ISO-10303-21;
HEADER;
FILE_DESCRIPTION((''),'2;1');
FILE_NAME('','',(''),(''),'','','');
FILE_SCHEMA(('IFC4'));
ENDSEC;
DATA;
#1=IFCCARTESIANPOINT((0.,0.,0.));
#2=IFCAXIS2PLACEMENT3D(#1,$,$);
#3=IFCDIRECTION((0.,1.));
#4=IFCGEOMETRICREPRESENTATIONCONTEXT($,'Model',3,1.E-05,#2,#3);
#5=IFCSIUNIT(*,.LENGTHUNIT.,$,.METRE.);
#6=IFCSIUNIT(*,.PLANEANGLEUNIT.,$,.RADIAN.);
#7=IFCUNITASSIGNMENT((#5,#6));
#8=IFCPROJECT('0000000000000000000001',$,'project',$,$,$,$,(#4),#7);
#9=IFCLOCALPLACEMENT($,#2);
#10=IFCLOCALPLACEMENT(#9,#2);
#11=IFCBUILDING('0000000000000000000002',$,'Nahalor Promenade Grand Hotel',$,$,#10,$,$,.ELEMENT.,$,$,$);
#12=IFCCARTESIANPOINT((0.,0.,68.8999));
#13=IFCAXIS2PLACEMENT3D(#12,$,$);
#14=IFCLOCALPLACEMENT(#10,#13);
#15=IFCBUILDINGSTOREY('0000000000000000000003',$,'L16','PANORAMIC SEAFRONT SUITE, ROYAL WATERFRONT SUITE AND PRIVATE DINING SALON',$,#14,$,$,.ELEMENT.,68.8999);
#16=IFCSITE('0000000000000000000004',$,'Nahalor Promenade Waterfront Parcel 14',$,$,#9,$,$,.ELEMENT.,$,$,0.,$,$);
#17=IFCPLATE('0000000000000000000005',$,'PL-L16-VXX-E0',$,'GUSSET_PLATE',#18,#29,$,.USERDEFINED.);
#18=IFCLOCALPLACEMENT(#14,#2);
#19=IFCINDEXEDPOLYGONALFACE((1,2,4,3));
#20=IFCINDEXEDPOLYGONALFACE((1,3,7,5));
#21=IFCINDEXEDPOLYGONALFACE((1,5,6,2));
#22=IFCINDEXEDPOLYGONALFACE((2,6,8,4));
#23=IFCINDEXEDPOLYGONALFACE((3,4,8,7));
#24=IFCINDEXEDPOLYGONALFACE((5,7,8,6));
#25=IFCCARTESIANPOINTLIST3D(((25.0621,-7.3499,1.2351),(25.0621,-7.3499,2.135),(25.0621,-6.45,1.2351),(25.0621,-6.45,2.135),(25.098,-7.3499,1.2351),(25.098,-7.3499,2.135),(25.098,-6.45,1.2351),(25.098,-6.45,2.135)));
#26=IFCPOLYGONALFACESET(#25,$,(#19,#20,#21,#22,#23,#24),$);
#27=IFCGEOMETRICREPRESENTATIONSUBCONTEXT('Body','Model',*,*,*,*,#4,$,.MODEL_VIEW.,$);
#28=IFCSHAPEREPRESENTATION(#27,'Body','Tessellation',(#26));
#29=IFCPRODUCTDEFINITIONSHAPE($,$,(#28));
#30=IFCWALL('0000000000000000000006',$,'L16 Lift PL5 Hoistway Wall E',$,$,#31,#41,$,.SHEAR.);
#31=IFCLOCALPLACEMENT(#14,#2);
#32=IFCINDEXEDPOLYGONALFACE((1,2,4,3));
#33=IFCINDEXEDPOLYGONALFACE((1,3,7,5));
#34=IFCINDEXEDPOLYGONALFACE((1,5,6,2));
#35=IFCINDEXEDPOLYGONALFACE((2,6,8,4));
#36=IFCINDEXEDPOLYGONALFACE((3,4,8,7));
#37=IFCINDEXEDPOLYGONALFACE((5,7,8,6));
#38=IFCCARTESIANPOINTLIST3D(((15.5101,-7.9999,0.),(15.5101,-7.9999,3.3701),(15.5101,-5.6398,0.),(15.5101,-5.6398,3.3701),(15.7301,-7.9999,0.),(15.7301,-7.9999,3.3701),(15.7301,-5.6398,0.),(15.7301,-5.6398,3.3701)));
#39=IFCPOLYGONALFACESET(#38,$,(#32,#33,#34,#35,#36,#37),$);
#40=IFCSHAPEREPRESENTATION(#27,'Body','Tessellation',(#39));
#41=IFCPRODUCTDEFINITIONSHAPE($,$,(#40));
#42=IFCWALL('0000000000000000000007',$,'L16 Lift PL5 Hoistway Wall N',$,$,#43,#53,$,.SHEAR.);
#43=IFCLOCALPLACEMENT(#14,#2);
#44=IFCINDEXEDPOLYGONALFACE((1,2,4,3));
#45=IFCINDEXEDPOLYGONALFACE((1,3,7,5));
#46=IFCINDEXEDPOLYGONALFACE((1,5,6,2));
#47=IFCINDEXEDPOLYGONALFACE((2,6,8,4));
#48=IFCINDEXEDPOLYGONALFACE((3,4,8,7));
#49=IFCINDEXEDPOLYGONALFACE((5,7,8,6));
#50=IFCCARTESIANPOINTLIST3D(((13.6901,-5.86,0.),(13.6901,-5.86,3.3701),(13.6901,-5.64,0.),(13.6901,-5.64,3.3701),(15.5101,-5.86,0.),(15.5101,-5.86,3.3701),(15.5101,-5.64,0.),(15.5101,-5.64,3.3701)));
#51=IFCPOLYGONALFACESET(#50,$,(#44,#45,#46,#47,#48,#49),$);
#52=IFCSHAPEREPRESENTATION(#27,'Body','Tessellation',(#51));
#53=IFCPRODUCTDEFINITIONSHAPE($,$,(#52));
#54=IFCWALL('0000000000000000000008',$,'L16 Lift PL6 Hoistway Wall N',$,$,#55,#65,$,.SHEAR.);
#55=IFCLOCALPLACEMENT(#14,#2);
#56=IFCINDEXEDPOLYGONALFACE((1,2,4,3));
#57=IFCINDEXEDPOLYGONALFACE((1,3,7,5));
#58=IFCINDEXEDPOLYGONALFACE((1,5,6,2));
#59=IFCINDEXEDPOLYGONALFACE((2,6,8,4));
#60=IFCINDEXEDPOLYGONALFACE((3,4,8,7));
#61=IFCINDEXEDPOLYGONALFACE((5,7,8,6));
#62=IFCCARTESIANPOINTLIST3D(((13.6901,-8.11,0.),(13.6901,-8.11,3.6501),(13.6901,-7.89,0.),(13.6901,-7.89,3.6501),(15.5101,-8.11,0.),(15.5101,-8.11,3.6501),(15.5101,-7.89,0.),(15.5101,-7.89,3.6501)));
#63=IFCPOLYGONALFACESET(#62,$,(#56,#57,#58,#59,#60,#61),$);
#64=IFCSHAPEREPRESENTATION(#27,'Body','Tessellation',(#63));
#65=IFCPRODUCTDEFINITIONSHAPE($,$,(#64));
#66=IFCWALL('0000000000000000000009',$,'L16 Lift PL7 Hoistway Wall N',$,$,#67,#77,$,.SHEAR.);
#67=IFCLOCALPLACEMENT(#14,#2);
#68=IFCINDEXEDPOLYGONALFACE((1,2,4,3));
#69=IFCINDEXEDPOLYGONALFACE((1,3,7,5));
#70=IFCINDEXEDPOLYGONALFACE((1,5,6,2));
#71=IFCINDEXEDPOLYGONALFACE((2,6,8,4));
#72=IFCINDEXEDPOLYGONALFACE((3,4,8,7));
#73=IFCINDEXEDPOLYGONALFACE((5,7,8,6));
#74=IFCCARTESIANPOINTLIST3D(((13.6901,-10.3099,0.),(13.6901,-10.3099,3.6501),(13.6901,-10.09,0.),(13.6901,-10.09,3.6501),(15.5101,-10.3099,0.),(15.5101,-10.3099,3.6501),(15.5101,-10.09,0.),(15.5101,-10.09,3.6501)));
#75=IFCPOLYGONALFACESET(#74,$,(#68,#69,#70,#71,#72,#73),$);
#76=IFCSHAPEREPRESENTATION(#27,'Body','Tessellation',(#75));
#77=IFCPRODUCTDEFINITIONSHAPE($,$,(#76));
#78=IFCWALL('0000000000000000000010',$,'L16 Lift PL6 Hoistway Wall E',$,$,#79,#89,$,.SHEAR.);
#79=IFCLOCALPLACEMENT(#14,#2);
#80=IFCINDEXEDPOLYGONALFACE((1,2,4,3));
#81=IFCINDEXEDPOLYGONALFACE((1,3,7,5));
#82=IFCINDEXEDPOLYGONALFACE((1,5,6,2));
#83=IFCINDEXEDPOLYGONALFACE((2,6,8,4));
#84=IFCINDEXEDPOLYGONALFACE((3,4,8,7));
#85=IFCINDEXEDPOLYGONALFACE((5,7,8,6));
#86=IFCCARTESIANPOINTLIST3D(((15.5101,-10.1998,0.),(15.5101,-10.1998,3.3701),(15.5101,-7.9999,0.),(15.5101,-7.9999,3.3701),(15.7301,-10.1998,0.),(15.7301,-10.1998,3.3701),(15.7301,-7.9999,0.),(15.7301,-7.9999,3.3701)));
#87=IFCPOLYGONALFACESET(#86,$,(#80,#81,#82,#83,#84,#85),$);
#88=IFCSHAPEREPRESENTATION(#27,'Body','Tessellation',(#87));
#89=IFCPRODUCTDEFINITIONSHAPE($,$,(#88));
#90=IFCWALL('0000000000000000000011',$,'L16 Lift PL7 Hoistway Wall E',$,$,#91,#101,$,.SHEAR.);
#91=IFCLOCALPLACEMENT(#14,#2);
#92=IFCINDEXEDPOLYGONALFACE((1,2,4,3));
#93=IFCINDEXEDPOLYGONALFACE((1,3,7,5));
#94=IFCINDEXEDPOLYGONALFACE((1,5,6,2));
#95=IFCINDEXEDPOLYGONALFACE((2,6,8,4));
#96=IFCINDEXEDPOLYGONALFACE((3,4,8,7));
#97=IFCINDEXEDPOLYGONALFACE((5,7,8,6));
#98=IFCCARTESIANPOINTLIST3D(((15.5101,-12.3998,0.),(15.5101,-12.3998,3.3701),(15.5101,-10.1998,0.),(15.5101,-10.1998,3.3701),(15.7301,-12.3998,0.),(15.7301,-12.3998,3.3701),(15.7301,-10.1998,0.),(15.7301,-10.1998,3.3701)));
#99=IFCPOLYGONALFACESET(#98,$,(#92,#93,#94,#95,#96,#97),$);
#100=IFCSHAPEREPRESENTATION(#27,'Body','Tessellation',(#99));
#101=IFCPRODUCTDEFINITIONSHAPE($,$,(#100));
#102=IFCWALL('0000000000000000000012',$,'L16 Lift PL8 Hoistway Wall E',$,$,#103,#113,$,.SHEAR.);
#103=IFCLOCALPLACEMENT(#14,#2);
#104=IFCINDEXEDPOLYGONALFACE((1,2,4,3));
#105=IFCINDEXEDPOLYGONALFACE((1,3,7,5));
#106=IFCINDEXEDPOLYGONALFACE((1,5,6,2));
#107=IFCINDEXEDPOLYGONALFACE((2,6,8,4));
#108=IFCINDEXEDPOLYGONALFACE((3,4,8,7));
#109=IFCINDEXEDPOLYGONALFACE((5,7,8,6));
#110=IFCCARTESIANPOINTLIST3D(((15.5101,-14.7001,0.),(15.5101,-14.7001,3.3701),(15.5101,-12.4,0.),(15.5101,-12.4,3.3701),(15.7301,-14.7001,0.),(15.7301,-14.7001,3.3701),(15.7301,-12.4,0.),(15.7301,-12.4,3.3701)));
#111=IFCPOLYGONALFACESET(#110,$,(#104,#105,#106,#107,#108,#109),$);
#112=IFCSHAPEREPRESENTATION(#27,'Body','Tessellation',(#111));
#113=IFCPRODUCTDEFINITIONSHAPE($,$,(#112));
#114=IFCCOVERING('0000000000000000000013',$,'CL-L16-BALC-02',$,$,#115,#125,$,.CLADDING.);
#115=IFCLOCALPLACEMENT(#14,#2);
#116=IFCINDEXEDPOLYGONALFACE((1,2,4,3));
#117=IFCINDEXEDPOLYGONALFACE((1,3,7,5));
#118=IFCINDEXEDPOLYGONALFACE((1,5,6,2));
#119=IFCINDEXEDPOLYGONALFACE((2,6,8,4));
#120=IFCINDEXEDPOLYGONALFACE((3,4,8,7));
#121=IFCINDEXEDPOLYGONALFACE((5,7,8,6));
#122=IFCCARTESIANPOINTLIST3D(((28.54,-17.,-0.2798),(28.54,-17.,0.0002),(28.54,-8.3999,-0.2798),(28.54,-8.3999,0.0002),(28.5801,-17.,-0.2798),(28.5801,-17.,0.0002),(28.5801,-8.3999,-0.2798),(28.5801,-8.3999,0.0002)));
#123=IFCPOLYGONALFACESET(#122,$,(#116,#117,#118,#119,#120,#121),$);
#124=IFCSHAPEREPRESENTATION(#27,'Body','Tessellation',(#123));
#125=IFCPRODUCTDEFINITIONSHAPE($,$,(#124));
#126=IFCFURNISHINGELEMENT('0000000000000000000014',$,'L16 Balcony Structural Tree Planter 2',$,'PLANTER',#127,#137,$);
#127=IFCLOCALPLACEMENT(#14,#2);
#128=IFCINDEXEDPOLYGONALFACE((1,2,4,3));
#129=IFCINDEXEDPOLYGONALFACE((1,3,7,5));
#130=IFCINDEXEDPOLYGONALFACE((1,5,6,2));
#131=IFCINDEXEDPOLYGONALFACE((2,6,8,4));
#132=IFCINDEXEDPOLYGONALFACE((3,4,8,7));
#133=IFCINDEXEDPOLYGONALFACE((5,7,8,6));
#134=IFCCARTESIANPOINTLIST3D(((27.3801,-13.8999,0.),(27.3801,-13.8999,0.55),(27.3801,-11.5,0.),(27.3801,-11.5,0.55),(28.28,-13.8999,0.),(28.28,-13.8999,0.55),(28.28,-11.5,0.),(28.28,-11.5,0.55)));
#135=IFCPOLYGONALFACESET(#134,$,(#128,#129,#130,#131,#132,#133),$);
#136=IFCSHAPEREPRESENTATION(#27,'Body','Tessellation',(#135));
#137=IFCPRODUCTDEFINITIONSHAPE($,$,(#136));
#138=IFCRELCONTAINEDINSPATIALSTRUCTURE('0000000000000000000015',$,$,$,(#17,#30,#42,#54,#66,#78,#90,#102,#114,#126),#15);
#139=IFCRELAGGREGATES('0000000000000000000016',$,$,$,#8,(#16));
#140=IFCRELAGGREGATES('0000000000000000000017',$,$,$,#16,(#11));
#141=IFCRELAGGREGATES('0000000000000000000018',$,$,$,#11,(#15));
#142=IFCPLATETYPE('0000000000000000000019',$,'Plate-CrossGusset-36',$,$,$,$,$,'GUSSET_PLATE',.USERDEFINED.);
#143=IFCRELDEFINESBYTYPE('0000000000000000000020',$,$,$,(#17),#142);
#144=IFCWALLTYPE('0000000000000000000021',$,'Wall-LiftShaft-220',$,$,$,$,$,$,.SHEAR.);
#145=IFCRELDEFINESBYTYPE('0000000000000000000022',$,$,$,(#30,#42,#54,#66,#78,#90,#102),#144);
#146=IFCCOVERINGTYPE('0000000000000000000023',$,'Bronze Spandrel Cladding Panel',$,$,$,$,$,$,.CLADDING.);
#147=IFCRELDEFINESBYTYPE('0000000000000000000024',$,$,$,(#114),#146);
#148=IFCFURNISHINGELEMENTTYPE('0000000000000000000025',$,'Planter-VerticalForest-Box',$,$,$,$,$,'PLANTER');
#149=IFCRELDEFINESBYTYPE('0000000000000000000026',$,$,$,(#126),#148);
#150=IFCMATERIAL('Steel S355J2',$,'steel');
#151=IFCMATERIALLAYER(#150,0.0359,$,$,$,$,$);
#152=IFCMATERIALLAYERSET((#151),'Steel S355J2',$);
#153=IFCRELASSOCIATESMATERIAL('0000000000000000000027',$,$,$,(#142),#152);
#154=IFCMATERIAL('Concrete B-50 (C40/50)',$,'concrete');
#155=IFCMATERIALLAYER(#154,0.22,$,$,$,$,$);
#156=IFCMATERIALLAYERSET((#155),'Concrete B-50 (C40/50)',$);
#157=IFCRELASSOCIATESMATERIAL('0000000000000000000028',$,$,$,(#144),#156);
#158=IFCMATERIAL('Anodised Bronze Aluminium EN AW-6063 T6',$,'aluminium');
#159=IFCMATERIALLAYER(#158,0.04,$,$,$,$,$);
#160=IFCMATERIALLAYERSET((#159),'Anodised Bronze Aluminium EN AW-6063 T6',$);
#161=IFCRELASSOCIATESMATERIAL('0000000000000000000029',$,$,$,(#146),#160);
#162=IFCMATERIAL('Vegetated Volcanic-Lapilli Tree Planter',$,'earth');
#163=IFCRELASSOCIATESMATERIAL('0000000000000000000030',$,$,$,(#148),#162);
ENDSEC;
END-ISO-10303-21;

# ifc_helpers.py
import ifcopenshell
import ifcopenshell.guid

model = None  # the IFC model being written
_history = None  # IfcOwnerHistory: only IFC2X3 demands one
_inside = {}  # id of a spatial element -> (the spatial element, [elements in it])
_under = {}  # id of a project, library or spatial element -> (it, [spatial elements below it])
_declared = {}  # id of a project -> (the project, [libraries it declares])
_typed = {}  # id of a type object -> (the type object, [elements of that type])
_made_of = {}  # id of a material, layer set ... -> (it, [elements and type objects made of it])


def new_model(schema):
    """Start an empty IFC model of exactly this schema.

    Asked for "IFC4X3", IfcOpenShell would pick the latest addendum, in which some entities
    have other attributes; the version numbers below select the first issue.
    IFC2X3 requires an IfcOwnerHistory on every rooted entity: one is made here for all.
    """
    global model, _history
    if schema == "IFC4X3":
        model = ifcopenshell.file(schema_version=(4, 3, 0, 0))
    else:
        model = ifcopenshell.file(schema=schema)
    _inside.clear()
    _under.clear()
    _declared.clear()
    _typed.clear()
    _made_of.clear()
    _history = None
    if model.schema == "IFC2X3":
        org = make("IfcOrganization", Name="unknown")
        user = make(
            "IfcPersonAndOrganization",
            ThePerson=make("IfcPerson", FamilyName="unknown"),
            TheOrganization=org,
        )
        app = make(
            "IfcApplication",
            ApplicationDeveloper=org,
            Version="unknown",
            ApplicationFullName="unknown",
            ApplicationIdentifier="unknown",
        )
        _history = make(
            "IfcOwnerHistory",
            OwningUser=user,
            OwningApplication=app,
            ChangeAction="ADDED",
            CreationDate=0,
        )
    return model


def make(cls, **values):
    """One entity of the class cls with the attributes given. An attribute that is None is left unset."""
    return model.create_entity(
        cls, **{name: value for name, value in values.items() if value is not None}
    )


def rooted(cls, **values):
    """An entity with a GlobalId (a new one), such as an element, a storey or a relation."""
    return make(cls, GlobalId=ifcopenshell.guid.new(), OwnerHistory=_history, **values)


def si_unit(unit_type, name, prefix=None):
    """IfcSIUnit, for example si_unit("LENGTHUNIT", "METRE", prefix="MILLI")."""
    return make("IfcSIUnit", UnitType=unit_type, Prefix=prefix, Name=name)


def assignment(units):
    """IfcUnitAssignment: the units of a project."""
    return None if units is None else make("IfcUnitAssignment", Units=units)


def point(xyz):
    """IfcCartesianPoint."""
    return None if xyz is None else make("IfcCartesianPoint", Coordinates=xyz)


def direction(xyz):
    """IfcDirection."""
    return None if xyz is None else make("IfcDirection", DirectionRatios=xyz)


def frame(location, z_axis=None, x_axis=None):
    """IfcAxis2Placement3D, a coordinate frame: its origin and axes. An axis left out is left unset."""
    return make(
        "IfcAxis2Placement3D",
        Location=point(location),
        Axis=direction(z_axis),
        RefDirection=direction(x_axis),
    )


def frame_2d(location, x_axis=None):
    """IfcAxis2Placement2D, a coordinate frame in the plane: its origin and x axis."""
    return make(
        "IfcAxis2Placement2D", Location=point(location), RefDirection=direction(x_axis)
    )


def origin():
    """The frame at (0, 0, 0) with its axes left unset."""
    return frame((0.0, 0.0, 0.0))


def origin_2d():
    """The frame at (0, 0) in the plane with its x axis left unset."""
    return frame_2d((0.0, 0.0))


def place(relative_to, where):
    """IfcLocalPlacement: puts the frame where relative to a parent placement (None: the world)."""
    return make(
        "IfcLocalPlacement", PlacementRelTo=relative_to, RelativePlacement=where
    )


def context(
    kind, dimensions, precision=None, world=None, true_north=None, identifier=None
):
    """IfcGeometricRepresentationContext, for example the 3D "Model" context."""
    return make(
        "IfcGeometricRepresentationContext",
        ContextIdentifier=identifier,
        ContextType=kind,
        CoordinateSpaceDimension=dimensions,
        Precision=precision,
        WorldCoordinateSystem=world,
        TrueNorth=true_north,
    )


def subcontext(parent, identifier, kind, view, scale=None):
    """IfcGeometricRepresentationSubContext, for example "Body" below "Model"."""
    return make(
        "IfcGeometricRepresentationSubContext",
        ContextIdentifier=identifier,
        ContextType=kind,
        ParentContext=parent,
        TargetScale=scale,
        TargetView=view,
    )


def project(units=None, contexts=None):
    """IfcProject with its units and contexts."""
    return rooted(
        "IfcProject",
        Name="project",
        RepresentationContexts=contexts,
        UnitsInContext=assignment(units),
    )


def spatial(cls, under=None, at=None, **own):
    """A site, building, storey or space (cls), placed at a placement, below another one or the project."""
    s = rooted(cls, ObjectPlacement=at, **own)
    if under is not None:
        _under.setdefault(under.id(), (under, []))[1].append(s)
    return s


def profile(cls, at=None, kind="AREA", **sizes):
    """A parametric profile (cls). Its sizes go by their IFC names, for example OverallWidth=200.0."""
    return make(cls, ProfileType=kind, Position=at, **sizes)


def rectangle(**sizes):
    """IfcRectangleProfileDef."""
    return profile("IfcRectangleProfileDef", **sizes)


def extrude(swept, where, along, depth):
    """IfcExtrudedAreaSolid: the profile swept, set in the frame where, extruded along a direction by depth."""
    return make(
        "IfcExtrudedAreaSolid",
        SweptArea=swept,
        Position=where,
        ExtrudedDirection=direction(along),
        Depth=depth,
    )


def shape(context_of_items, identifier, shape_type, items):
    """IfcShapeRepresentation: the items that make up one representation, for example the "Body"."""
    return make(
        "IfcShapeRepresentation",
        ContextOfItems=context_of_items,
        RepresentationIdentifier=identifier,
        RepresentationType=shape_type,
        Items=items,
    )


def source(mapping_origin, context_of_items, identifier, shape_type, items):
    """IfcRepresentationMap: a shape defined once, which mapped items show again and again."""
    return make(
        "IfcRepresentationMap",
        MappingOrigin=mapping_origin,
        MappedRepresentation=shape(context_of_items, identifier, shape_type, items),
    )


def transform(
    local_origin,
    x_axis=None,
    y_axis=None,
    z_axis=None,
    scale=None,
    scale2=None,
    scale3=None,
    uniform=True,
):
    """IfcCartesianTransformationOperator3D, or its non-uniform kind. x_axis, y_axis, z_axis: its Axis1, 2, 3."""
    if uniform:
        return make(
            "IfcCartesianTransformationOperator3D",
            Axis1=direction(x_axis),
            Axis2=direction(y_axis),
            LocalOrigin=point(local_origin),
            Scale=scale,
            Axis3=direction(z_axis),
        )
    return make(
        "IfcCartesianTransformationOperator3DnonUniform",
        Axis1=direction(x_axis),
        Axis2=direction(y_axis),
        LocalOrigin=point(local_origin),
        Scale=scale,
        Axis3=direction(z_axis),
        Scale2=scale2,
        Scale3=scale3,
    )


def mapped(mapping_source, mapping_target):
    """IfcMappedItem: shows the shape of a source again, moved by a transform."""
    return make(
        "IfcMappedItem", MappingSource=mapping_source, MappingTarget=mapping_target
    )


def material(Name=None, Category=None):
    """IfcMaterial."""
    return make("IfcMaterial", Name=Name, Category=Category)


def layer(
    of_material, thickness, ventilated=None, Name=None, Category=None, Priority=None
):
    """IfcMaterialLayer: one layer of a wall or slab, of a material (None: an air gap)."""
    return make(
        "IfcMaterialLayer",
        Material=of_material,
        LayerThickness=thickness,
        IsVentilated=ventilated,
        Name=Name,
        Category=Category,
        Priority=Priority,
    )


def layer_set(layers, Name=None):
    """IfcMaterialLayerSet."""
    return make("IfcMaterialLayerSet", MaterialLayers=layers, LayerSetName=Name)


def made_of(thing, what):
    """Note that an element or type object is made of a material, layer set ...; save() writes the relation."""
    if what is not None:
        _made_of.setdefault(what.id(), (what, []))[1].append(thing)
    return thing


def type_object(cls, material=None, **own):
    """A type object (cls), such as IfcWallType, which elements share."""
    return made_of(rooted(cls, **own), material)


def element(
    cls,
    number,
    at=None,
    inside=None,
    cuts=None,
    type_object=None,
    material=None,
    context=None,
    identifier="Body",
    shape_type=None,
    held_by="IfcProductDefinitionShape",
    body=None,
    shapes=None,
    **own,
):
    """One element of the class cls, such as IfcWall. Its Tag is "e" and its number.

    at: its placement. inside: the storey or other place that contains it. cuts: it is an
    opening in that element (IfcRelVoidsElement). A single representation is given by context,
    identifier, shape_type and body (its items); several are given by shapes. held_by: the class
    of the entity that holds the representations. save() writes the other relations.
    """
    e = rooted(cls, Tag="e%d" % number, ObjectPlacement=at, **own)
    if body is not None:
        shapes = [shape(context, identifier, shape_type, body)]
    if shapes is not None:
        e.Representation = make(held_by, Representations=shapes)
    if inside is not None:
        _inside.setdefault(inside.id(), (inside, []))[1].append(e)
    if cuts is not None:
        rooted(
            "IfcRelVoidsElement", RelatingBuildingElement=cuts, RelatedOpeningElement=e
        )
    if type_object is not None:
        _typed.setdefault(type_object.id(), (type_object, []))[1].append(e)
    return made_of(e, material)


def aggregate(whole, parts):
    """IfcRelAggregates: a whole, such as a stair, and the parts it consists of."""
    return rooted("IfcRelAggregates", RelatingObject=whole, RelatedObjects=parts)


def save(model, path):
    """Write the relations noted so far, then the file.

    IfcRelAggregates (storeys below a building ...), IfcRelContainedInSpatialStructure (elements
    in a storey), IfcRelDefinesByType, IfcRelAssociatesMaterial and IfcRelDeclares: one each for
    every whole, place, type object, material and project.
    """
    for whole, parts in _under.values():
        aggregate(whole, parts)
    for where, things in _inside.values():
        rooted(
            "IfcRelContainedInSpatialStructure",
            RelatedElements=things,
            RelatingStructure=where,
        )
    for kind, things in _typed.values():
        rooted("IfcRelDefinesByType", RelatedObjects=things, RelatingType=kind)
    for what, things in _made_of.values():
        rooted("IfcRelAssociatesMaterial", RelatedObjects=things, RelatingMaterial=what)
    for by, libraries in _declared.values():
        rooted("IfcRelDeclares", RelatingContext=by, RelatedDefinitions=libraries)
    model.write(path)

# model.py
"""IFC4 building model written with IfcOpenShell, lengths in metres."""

from ifc_helpers import new_model, si_unit, direction, frame, frame_2d, origin, origin_2d, place, context, subcontext, project, spatial, rectangle, extrude, source, transform, mapped, material, layer, layer_set, type_object, element, save


model = new_model("IFC4")

# Units and contexts
model_context = context("Model", 3, precision=1e-05, world=origin(), true_north=direction((0.0, 1.0)))
body_context = subcontext(model_context, "Body", "Model", "MODEL_VIEW")
ifc_project = project(units=[si_unit("LENGTHUNIT", "METRE"), si_unit("PLANEANGLEUNIT", "RADIAN")], contexts=[model_context])

# Site, building, storey
site_placement = place(None, origin())
site = spatial("IfcSite", under=ifc_project, at=site_placement, Name="Nahalor Promenade Waterfront Parcel 14", CompositionType="ELEMENT", RefElevation=0.0)
building_placement = place(site_placement, origin())
building = spatial("IfcBuilding", under=site, at=building_placement, Name="Nahalor Promenade Grand Hotel", CompositionType="ELEMENT")
storey_placement = place(building_placement, frame((0.0, 0.0, 68.8999)))
storey = spatial("IfcBuildingStorey", under=building, at=storey_placement, Name="L16", Description="PANORAMIC SEAFRONT SUITE, ROYAL WATERFRONT SUITE AND PRIVATE DINING SALON", CompositionType="ELEMENT", Elevation=68.8999)

# Shared definitions
ifc_material_1 = material(Name="Steel S355J2", Category="steel")

# Shared definitions
ifc_material_2 = material(Name="Anodised Bronze Aluminium EN AW-6063 T6", Category="aluminium")

# Plate
ifc_layer_1 = layer(ifc_material_1, 0.0359)
ifc_layer_set_1 = layer_set([ifc_layer_1], Name="Steel S355J2")
plate_type_1 = type_object("IfcPlateType", Name="Plate-CrossGusset-36", ElementType="GUSSET_PLATE", PredefinedType="USERDEFINED", material=ifc_layer_set_1)
shared_shape_1 = source(origin(), body_context, "Body", "SweptSolid", [
    extrude(rectangle(XDim=0.8999, YDim=0.0359, at=origin_2d()), origin(), (0.0, 0.0, 1.0), 0.8999),
])
plate_1_placement = place(storey_placement, frame((25.0801, -6.8999, 1.2351), z_axis=(0.0, 0.0, 1.0), x_axis=(0.0, 1.0, 0.0)))
element("IfcPlate", 1, at=plate_1_placement, inside=storey, type_object=plate_type_1, Name="PL-L16-VXX-E0", ObjectType="GUSSET_PLATE", PredefinedType="USERDEFINED", context=body_context, shape_type="MappedRepresentation", body=[
    mapped(shared_shape_1, transform((0.0, 0.0, 0.0), scale=1.0)),
])

# Walls
ifc_material_3 = material(Name="Concrete B-50 (C40/50)", Category="concrete")
ifc_layer_2 = layer(ifc_material_3, 0.22)
ifc_layer_set_2 = layer_set([ifc_layer_2], Name="Concrete B-50 (C40/50)")
wall_type_1 = type_object("IfcWallType", Name="Wall-LiftShaft-220", PredefinedType="SHEAR", material=ifc_layer_set_2)
shared_shape_2 = source(origin(), body_context, "Body", "SweptSolid", [
    extrude(rectangle(XDim=2.3601, YDim=0.22, at=frame_2d((1.1802, 0.0))), origin(), (0.0, 0.0, 1.0), 3.3701),
])
wall_1_placement = place(storey_placement, frame((15.6201, -8.0, 0.0), z_axis=(0.0, 0.0, 1.0), x_axis=(0.0, 1.0, 0.0)))
element("IfcWall", 2, at=wall_1_placement, inside=storey, type_object=wall_type_1, Name="L16 Lift PL5 Hoistway Wall E", PredefinedType="SHEAR", context=body_context, shape_type="MappedRepresentation", body=[
    mapped(shared_shape_2, transform((0.0, 0.0, 0.0), scale=1.0)),
])
shared_shape_3 = source(origin(), body_context, "Body", "SweptSolid", [
    extrude(rectangle(XDim=1.8201, YDim=0.22, at=frame_2d((0.9102, 0.0))), origin(), (0.0, 0.0, 1.0), 3.3701),
])
wall_2_placement = place(storey_placement, frame((13.6899, -5.75, 0.0), z_axis=(0.0, 0.0, 1.0), x_axis=(1.0, 0.0, 0.0)))
element("IfcWall", 3, at=wall_2_placement, inside=storey, type_object=wall_type_1, Name="L16 Lift PL5 Hoistway Wall N", PredefinedType="SHEAR", context=body_context, shape_type="MappedRepresentation", body=[
    mapped(shared_shape_3, transform((0.0, 0.0, 0.0), scale=1.0)),
])
shared_shape_4 = source(origin(), body_context, "Body", "SweptSolid", [
    extrude(rectangle(XDim=1.8201, YDim=0.22, at=frame_2d((0.9102, 0.0))), origin(), (0.0, 0.0, 1.0), 3.6501),
])
for number, where, z_axis, x_axis, name in (
    (4, (13.6899, -8.0, 0.0), (0.0, 0.0, 1.0), (1.0, 0.0, 0.0), "L16 Lift PL6 Hoistway Wall N"),
    (5, (13.6899, -10.2, 0.0), (0.0, 0.0, 1.0), (1.0, 0.0, 0.0), "L16 Lift PL7 Hoistway Wall N"),
):
    element("IfcWall", number, at=place(storey_placement, frame(where, z_axis=z_axis, x_axis=x_axis)), inside=storey, type_object=wall_type_1, Name=name, PredefinedType="SHEAR", context=body_context, shape_type="MappedRepresentation", body=[
        mapped(shared_shape_4, transform((0.0, 0.0, 0.0), scale=1.0)),
    ])
shared_shape_5 = source(origin(), body_context, "Body", "SweptSolid", [
    extrude(rectangle(XDim=2.2, YDim=0.22, at=frame_2d((1.1001, 0.0))), origin(), (0.0, 0.0, 1.0), 3.3701),
])
for number, where, z_axis, x_axis, name in (
    (6, (15.6201, -10.2, 0.0), (0.0, 0.0, 1.0), (0.0, 1.0, 0.0), "L16 Lift PL6 Hoistway Wall E"),
    (7, (15.6201, -12.3999, 0.0), (0.0, 0.0, 1.0), (0.0, 1.0, 0.0), "L16 Lift PL7 Hoistway Wall E"),
):
    element("IfcWall", number, at=place(storey_placement, frame(where, z_axis=z_axis, x_axis=x_axis)), inside=storey, type_object=wall_type_1, Name=name, PredefinedType="SHEAR", context=body_context, shape_type="MappedRepresentation", body=[
        mapped(shared_shape_5, transform((0.0, 0.0, 0.0), scale=1.0)),
    ])
shared_shape_6 = source(origin(), body_context, "Body", "SweptSolid", [
    extrude(rectangle(XDim=2.3, YDim=0.22, at=frame_2d((1.1499, 0.0))), origin(), (0.0, 0.0, 1.0), 3.3701),
])
wall_3_placement = place(storey_placement, frame((15.6201, -14.7, 0.0), z_axis=(0.0, 0.0, 1.0), x_axis=(0.0, 1.0, 0.0)))
element("IfcWall", 8, at=wall_3_placement, inside=storey, type_object=wall_type_1, Name="L16 Lift PL8 Hoistway Wall E", PredefinedType="SHEAR", context=body_context, shape_type="MappedRepresentation", body=[
    mapped(shared_shape_6, transform((0.0, 0.0, 0.0), scale=1.0)),
])

# Covering
ifc_layer_3 = layer(ifc_material_2, 0.04)
ifc_layer_set_3 = layer_set([ifc_layer_3], Name="Anodised Bronze Aluminium EN AW-6063 T6")
covering_type = type_object("IfcCoveringType", Name="Bronze Spandrel Cladding Panel", PredefinedType="CLADDING", material=ifc_layer_set_3)
shared_shape_7 = source(origin(), body_context, "Body", "SweptSolid", [
    extrude(rectangle(XDim=8.6001, YDim=0.04, at=origin_2d()), origin(), (0.0, 0.0, 1.0), 0.28),
])
covering_placement = place(storey_placement, frame((28.5601, -12.7, -0.2798), z_axis=(0.0, 0.0, 1.0), x_axis=(0.0, 1.0, 0.0)))
element("IfcCovering", 9, at=covering_placement, inside=storey, type_object=covering_type, Name="CL-L16-BALC-02", PredefinedType="CLADDING", context=body_context, shape_type="MappedRepresentation", body=[
    mapped(shared_shape_7, transform((0.0, 0.0, 0.0), scale=1.0)),
])

# Furnishing element
ifc_material_4 = material(Name="Vegetated Volcanic-Lapilli Tree Planter", Category="earth")
furnishing_element_type = type_object("IfcFurnishingElementType", Name="Planter-VerticalForest-Box", ElementType="PLANTER", material=ifc_material_4)
shared_shape_8 = source(origin(), body_context, "Body", "SweptSolid", [
    extrude(rectangle(XDim=2.3999, YDim=0.8999, at=origin_2d()), origin(), (0.0, 0.0, 1.0), 0.55),
])
furnishing_placement = place(storey_placement, frame((27.8301, -12.7, 0.0), z_axis=(0.0, 0.0, 1.0), x_axis=(0.0, 1.0, 0.0)))
element("IfcFurnishingElement", 10, at=furnishing_placement, inside=storey, type_object=furnishing_element_type, Name="L16 Balcony Structural Tree Planter 2", ObjectType="PLANTER", context=body_context, shape_type="MappedRepresentation", body=[
    mapped(shared_shape_8, transform((0.0, 0.0, 0.0), scale=1.0)),
])

save(model, "model.ifc")
